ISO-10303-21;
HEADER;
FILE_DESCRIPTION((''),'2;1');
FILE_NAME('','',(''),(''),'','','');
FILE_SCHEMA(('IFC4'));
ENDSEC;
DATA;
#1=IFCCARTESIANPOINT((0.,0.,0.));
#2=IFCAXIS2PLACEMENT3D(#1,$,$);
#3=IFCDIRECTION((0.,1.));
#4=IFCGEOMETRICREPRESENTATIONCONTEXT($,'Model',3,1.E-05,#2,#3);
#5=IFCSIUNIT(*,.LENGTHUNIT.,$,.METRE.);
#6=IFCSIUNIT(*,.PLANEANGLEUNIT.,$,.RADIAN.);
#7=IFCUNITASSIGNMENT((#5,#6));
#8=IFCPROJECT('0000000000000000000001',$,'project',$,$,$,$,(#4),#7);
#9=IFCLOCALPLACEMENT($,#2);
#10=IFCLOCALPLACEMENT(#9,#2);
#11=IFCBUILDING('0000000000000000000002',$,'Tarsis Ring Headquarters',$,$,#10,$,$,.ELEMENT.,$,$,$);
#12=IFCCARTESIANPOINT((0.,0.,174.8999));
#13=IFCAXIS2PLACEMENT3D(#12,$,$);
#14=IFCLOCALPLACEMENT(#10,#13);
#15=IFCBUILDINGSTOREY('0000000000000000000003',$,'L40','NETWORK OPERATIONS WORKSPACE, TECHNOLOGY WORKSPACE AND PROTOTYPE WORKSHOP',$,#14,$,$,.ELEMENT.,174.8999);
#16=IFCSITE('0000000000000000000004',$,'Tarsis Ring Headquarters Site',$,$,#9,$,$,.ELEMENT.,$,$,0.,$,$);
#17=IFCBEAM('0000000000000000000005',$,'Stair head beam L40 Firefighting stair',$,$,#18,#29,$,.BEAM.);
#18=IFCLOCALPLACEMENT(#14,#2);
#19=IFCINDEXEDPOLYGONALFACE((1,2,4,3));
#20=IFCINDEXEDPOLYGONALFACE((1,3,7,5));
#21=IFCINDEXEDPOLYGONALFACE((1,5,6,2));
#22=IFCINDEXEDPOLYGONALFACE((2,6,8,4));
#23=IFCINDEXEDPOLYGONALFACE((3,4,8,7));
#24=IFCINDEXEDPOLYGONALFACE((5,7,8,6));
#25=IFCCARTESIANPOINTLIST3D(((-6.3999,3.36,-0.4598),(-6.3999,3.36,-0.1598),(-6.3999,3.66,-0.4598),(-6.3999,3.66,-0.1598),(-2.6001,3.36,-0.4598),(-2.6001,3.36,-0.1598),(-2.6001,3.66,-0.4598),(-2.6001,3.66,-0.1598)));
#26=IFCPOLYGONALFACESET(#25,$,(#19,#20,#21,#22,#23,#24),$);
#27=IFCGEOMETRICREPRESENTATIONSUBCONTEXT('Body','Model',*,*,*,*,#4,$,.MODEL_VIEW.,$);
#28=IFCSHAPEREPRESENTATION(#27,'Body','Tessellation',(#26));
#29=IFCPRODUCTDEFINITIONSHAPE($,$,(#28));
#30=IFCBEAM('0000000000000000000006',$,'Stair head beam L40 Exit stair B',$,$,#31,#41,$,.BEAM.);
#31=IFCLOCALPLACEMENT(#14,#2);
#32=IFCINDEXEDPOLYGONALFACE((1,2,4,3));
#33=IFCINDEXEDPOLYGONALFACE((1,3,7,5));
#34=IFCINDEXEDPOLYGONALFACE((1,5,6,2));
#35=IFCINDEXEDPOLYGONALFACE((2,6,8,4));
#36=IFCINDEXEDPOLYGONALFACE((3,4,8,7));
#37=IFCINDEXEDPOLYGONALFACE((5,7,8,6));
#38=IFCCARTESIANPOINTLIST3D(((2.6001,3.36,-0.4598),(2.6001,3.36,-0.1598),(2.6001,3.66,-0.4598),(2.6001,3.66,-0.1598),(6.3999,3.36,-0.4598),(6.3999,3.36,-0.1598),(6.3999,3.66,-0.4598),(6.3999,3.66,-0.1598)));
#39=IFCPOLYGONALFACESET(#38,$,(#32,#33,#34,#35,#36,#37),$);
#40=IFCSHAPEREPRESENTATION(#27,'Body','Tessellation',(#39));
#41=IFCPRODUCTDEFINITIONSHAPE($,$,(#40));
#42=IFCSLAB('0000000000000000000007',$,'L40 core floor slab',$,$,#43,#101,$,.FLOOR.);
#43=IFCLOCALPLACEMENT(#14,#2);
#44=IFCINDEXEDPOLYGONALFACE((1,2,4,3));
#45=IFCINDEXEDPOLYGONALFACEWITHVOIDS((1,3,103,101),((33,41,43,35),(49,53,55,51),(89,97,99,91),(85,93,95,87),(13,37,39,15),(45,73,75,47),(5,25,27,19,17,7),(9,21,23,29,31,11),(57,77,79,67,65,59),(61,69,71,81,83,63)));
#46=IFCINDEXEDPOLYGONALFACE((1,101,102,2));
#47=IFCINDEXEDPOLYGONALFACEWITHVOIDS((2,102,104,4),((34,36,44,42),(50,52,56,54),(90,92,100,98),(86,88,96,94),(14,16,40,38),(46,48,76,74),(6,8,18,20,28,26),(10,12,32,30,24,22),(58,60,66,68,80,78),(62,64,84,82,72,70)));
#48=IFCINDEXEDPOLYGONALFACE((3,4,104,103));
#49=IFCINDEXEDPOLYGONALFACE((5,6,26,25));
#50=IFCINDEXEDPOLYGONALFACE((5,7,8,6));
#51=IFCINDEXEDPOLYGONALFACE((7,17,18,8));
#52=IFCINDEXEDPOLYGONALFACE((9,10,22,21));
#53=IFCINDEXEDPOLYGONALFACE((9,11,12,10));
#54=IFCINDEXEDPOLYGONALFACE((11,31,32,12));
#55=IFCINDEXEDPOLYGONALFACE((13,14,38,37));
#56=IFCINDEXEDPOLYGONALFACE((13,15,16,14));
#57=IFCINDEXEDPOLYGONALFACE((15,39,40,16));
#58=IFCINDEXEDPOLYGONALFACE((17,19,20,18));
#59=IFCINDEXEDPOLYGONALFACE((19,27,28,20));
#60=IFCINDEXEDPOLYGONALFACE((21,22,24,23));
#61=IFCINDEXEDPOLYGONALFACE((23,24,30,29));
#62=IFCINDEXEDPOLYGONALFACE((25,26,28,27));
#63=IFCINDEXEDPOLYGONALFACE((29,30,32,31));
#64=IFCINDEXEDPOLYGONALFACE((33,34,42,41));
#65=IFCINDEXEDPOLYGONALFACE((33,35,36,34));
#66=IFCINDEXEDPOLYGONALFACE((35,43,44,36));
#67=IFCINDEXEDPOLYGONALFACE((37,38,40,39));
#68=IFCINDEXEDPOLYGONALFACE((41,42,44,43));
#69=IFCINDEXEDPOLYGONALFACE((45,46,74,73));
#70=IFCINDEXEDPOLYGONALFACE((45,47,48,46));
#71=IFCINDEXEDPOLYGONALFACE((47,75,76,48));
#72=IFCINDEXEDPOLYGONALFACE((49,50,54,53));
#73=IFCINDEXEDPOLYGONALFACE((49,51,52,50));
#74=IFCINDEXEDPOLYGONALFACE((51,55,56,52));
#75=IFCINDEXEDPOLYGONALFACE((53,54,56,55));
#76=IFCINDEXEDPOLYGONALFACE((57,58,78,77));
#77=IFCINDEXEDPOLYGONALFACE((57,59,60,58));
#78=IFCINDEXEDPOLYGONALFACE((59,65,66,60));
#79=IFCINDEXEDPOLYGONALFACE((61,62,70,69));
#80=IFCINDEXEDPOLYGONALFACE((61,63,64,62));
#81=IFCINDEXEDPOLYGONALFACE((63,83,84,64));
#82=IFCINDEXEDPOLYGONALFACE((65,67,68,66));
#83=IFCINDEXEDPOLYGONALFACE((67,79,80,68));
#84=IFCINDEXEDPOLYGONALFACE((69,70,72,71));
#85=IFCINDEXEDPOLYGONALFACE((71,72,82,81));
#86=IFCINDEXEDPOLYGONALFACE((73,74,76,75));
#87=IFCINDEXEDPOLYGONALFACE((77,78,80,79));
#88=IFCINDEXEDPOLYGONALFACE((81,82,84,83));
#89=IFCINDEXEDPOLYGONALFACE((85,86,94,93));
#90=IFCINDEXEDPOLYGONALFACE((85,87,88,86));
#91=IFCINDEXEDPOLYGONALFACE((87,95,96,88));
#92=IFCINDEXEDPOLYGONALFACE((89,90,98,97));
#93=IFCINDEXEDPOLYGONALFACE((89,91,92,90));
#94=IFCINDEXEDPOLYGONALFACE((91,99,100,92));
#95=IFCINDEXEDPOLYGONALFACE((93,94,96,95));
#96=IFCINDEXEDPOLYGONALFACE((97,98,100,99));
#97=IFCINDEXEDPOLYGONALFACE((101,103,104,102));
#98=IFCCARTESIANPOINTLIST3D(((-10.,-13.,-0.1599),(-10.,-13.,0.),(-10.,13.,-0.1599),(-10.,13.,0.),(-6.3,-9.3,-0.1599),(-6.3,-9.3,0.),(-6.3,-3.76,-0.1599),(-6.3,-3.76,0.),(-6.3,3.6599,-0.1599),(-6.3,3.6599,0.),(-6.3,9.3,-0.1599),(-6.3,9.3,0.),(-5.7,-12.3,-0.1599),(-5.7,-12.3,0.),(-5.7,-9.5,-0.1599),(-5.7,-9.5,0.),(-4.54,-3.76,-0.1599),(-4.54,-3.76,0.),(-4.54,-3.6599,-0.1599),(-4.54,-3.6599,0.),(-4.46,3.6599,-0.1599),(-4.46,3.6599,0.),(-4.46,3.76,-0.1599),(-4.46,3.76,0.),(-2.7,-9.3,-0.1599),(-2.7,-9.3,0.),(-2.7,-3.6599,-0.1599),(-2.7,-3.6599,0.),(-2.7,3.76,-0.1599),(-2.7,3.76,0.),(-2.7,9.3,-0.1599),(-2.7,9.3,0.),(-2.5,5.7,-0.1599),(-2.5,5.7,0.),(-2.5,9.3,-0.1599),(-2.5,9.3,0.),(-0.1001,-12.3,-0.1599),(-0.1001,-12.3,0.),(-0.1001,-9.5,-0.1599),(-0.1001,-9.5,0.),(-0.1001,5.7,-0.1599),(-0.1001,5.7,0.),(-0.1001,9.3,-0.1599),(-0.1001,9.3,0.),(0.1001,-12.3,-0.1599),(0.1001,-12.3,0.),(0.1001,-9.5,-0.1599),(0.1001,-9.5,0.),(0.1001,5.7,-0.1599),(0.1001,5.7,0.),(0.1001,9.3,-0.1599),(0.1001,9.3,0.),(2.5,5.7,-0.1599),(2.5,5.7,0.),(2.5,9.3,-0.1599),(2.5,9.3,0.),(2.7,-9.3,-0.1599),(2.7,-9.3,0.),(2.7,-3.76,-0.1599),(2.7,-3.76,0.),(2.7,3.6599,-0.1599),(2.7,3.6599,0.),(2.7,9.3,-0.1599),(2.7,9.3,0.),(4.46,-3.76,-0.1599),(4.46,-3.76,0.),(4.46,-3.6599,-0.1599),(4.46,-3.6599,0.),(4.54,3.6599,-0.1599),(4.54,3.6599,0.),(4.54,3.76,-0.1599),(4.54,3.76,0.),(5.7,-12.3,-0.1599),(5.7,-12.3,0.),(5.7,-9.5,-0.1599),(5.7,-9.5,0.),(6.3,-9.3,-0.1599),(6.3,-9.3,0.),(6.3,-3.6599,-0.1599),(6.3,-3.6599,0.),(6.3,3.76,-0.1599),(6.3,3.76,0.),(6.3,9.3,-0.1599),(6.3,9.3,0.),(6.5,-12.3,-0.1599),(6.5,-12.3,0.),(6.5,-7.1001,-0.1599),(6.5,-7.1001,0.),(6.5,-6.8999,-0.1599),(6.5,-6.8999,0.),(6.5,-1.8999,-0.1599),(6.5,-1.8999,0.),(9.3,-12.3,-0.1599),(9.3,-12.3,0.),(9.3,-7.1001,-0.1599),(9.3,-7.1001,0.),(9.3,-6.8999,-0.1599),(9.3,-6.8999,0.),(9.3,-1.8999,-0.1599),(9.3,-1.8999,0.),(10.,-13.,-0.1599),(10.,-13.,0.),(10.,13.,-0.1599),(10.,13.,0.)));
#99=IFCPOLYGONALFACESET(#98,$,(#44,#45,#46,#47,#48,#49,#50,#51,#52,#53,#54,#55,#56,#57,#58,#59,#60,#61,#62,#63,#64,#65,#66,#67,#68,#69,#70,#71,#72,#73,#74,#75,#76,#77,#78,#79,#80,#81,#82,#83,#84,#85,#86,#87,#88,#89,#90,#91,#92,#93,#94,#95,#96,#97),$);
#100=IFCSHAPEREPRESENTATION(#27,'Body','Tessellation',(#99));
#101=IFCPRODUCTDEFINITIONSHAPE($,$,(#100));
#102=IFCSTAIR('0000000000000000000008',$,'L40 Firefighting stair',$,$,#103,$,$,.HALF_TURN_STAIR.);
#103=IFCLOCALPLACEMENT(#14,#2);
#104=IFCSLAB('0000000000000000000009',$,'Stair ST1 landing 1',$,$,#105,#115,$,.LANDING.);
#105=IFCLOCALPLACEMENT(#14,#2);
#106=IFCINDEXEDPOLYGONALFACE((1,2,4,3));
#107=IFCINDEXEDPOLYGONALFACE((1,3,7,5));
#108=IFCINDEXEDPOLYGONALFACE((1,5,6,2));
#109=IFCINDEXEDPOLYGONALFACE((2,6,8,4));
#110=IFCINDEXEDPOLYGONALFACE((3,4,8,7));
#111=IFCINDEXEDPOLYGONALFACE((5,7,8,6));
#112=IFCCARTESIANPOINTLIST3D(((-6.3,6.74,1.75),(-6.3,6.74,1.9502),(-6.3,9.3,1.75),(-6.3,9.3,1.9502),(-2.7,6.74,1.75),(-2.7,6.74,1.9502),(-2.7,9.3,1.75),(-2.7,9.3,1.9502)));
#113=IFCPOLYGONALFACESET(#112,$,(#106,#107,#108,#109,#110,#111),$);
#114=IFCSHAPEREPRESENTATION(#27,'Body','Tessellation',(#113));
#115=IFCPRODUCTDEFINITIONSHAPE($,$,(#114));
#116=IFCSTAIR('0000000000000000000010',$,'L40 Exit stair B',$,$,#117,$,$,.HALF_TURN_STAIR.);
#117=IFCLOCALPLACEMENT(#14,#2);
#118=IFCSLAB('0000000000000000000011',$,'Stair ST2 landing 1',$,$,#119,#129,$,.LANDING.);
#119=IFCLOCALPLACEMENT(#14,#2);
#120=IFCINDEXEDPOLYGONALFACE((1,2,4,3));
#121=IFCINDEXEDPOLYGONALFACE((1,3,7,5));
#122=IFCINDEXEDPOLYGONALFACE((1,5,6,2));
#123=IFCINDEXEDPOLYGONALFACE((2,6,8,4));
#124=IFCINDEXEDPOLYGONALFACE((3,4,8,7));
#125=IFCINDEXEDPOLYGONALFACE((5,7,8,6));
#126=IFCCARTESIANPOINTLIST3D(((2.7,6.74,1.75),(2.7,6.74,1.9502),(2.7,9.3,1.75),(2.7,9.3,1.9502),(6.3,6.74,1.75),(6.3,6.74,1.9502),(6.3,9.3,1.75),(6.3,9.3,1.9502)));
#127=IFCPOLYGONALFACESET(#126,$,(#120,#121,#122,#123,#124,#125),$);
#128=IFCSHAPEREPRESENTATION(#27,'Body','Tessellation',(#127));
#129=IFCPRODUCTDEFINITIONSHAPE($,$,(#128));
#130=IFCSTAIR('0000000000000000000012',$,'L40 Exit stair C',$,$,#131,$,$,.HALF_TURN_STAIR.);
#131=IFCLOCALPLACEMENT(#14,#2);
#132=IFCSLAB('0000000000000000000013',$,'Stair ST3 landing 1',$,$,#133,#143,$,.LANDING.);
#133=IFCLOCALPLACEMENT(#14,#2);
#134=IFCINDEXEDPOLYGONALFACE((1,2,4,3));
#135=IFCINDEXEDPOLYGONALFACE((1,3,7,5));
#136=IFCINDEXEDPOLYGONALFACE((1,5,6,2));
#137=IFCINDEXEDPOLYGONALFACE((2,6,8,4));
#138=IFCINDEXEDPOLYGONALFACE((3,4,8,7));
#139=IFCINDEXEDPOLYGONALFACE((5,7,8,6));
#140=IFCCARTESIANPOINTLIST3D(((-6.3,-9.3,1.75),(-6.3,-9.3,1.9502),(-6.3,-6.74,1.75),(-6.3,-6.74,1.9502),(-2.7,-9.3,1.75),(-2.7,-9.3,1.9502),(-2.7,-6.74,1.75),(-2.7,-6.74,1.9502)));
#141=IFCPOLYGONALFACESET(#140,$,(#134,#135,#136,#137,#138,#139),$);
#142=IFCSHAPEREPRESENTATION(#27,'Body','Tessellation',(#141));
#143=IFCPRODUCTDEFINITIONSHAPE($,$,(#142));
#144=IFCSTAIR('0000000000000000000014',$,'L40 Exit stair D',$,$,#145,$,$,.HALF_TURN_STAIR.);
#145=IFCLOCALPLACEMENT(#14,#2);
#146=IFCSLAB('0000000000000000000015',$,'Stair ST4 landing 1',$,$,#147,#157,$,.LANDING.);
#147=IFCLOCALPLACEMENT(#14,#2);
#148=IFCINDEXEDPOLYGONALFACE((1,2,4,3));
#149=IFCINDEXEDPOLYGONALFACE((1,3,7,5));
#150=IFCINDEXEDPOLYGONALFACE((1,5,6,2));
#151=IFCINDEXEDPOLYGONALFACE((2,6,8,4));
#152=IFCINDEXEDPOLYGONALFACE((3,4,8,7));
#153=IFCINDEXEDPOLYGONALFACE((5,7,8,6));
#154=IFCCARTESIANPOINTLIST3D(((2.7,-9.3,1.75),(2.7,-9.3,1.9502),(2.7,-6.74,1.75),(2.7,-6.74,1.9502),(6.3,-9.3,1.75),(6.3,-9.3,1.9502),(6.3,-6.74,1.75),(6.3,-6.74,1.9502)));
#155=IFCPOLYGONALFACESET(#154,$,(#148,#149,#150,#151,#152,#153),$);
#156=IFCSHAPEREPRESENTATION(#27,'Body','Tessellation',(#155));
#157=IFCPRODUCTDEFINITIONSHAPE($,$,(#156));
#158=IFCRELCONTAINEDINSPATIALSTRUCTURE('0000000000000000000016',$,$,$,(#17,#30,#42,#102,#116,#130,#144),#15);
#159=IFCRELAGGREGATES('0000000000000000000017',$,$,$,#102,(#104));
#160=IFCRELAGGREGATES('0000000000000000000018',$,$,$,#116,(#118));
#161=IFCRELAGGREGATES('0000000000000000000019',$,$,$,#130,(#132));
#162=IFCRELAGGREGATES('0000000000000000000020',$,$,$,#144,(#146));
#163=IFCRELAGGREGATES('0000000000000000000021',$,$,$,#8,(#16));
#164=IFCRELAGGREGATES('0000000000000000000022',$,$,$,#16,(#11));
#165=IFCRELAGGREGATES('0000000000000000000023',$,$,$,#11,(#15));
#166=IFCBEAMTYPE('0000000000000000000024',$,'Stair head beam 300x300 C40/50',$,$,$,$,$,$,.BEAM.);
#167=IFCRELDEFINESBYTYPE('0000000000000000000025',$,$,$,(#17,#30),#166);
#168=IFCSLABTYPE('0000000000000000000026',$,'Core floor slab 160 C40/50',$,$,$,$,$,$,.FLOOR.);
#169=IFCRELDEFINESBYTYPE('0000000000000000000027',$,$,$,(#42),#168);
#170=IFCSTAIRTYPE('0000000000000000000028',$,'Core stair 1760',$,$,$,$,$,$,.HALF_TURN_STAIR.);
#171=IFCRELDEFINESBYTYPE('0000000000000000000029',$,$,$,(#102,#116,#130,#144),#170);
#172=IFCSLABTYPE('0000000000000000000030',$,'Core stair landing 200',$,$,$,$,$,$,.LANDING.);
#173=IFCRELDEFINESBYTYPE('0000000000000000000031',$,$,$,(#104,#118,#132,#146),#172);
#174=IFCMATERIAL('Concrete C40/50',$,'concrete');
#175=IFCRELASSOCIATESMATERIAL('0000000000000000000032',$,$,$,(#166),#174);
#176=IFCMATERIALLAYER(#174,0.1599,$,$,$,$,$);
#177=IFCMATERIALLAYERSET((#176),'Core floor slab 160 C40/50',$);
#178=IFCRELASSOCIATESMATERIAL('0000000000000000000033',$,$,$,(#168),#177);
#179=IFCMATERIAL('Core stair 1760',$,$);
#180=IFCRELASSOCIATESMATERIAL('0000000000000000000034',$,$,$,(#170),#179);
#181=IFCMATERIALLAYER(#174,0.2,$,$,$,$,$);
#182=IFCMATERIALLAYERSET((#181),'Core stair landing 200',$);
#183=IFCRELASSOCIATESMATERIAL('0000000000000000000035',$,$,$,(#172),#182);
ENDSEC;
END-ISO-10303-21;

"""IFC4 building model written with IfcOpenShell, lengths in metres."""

from ifc_helpers import new_model, si_unit, direction, frame, origin, origin_2d, place, context, subcontext, project, spatial, polyline, rectangle, outline, extrude, material, layer, layer_set, material_profile, profile_set, type_object, element, aggregate, save


model = new_model("IFC4")

# Units and contexts
model_context = context("Model", 3, precision=1e-05, world=origin(), true_north=direction((0.0, 1.0)))
body_context = subcontext(model_context, "Body", "Model", "MODEL_VIEW")
ifc_project = project(units=[si_unit("LENGTHUNIT", "METRE"), si_unit("PLANEANGLEUNIT", "RADIAN")], contexts=[model_context])

# Site, building, storey
site_placement = place(None, origin())
site = spatial("IfcSite", under=ifc_project, at=site_placement, Name="Tarsis Ring Headquarters Site", CompositionType="ELEMENT", RefElevation=0.0)
building_placement = place(site_placement, origin())
building = spatial("IfcBuilding", under=site, at=building_placement, Name="Tarsis Ring Headquarters", CompositionType="ELEMENT")
storey_placement = place(building_placement, frame((0.0, 0.0, 174.8999)))
storey = spatial("IfcBuildingStorey", under=building, at=storey_placement, Name="L40", Description="NETWORK OPERATIONS WORKSPACE, TECHNOLOGY WORKSPACE AND PROTOTYPE WORKSHOP", CompositionType="ELEMENT", Elevation=174.8999)

# Beams
ifc_material_1 = material(Name="Concrete C40/50", Category="concrete")
ifc_material_profile = material_profile(ifc_material_1, rectangle(XDim=0.3, YDim=0.3, at=origin_2d()), Name="Stair head beam 300x300 C40/50")
ifc_profile_set = profile_set([ifc_material_profile], Name="Concrete C40/50")
beam_type = type_object("IfcBeamType", Name="Stair head beam 300x300 C40/50", PredefinedType="BEAM", material=ifc_profile_set)
for number, where, z_axis, x_axis, name in (
    (1, (-6.3999, 3.51, -0.3098), (1.0, 0.0, 0.0), (0.0, 1.0, 0.0), "Stair head beam L40 Firefighting stair"),
    (2, (2.6001, 3.51, -0.3098), (1.0, 0.0, 0.0), (0.0, 1.0, 0.0), "Stair head beam L40 Exit stair B"),
):
    element("IfcBeam", number, at=place(storey_placement, frame(where, z_axis=z_axis, x_axis=x_axis)), inside=storey, type_object=beam_type, Name=name, PredefinedType="BEAM", context=body_context, shape_type="SweptSolid", body=[
        extrude(rectangle(XDim=0.3, YDim=0.3, at=origin_2d()), origin(), (0.0, 0.0, 1.0), 3.7998),
    ])

# Slab
ifc_layer_1 = layer(ifc_material_1, 0.1599)
ifc_layer_set_1 = layer_set([ifc_layer_1], Name="Core floor slab 160 C40/50")
slab_type_1 = type_object("IfcSlabType", Name="Core floor slab 160 C40/50", PredefinedType="FLOOR", material=ifc_layer_set_1)
slab_1_placement = place(storey_placement, frame((0.0, 0.0, -0.1599)))
element("IfcSlab", 3, at=slab_1_placement, inside=storey, type_object=slab_type_1, Name="L40 core floor slab", PredefinedType="FLOOR", context=body_context, shape_type="SweptSolid", body=[
    extrude(outline(polyline([(-10.0, -13.0), (10.0, -13.0), (10.0, 13.0), (-10.0, 13.0), (-10.0, -13.0)]), holes=[polyline([(-2.5, 5.7), (-0.1001, 5.7), (-0.1001, 9.3), (-2.5, 9.3), (-2.5, 5.7)]), polyline([(0.1001, 5.7), (2.5, 5.7), (2.5, 9.3), (0.1001, 9.3), (0.1001, 5.7)]), polyline([(6.5, -12.3), (9.3, -12.3), (9.3, -7.1001), (6.5, -7.1001), (6.5, -12.3)]), polyline([(6.5, -6.8999), (9.3, -6.8999), (9.3, -1.8999), (6.5, -1.8999), (6.5, -6.8999)]), polyline([(-5.7, -12.3), (-0.1001, -12.3), (-0.1001, -9.5), (-5.7, -9.5), (-5.7, -12.3)]), polyline([(0.1001, -12.3), (5.7, -12.3), (5.7, -9.5), (0.1001, -9.5), (0.1001, -12.3)]), polyline([(-2.7, 3.76), (-2.7, 9.3), (-6.3, 9.3), (-6.3, 3.6599), (-4.46, 3.6599), (-4.46, 3.76), (-2.7, 3.76)]), polyline([(6.3, 3.76), (6.3, 9.3), (2.7, 9.3), (2.7, 3.6599), (4.54, 3.6599), (4.54, 3.76), (6.3, 3.76)]), polyline([(-6.3, -3.76), (-6.3, -9.3), (-2.7, -9.3), (-2.7, -3.6599), (-4.54, -3.6599), (-4.54, -3.76), (-6.3, -3.76)]), polyline([(2.7, -3.76), (2.7, -9.3), (6.3, -9.3), (6.3, -3.6599), (4.46, -3.6599), (4.46, -3.76), (2.7, -3.76)])]), origin(), (0.0, 0.0, 1.0), 0.1599),
])

# Stairs, slabs
ifc_material_2 = material(Name="Core stair 1760")
stair_type = type_object("IfcStairType", Name="Core stair 1760", PredefinedType="HALF_TURN_STAIR", material=ifc_material_2)
stair_1_placement = place(storey_placement, origin())
stair_1 = element("IfcStair", 4, at=stair_1_placement, inside=storey, type_object=stair_type, Name="L40 Firefighting stair", PredefinedType="HALF_TURN_STAIR")
ifc_layer_2 = layer(ifc_material_1, 0.2)
ifc_layer_set_2 = layer_set([ifc_layer_2], Name="Core stair landing 200")
slab_type_2 = type_object("IfcSlabType", Name="Core stair landing 200", PredefinedType="LANDING", material=ifc_layer_set_2)
slab_2_placement = place(storey_placement, frame((0.0, 0.0, 1.75)))
slab_2 = element("IfcSlab", 5, at=slab_2_placement, type_object=slab_type_2, Name="Stair ST1 landing 1", PredefinedType="LANDING", context=body_context, shape_type="SweptSolid", body=[
    extrude(outline(polyline([(-2.7, 6.74), (-2.7, 9.3), (-6.3, 9.3), (-6.3, 6.74), (-2.7, 6.74)])), origin(), (0.0, 0.0, 1.0), 0.2002),
])
aggregate(stair_1, [slab_2])
stair_2_placement = place(storey_placement, origin())
stair_2 = element("IfcStair", 6, at=stair_2_placement, inside=storey, type_object=stair_type, Name="L40 Exit stair B", PredefinedType="HALF_TURN_STAIR")
slab_3_placement = place(storey_placement, frame((0.0, 0.0, 1.75)))
slab_3 = element("IfcSlab", 7, at=slab_3_placement, type_object=slab_type_2, Name="Stair ST2 landing 1", PredefinedType="LANDING", context=body_context, shape_type="SweptSolid", body=[
    extrude(outline(polyline([(6.3, 6.74), (6.3, 9.3), (2.7, 9.3), (2.7, 6.74), (6.3, 6.74)])), origin(), (0.0, 0.0, 1.0), 0.2002),
])
aggregate(stair_2, [slab_3])
stair_3_placement = place(storey_placement, origin())
stair_3 = element("IfcStair", 8, at=stair_3_placement, inside=storey, type_object=stair_type, Name="L40 Exit stair C", PredefinedType="HALF_TURN_STAIR")
slab_4_placement = place(storey_placement, frame((0.0, 0.0, 1.75)))
slab_4 = element("IfcSlab", 9, at=slab_4_placement, type_object=slab_type_2, Name="Stair ST3 landing 1", PredefinedType="LANDING", context=body_context, shape_type="SweptSolid", body=[
    extrude(outline(polyline([(-6.3, -6.74), (-6.3, -9.3), (-2.7, -9.3), (-2.7, -6.74), (-6.3, -6.74)])), origin(), (0.0, 0.0, 1.0), 0.2002),
])
aggregate(stair_3, [slab_4])
stair_4_placement = place(storey_placement, origin())
stair_4 = element("IfcStair", 10, at=stair_4_placement, inside=storey, type_object=stair_type, Name="L40 Exit stair D", PredefinedType="HALF_TURN_STAIR")
slab_5_placement = place(storey_placement, frame((0.0, 0.0, 1.75)))
slab_5 = element("IfcSlab", 11, at=slab_5_placement, type_object=slab_type_2, Name="Stair ST4 landing 1", PredefinedType="LANDING", context=body_context, shape_type="SweptSolid", body=[
    extrude(outline(polyline([(2.7, -6.74), (2.7, -9.3), (6.3, -9.3), (6.3, -6.74), (2.7, -6.74)])), origin(), (0.0, 0.0, 1.0), 0.2002),
])
aggregate(stair_4, [slab_5])

save(model, "model.ifc")
